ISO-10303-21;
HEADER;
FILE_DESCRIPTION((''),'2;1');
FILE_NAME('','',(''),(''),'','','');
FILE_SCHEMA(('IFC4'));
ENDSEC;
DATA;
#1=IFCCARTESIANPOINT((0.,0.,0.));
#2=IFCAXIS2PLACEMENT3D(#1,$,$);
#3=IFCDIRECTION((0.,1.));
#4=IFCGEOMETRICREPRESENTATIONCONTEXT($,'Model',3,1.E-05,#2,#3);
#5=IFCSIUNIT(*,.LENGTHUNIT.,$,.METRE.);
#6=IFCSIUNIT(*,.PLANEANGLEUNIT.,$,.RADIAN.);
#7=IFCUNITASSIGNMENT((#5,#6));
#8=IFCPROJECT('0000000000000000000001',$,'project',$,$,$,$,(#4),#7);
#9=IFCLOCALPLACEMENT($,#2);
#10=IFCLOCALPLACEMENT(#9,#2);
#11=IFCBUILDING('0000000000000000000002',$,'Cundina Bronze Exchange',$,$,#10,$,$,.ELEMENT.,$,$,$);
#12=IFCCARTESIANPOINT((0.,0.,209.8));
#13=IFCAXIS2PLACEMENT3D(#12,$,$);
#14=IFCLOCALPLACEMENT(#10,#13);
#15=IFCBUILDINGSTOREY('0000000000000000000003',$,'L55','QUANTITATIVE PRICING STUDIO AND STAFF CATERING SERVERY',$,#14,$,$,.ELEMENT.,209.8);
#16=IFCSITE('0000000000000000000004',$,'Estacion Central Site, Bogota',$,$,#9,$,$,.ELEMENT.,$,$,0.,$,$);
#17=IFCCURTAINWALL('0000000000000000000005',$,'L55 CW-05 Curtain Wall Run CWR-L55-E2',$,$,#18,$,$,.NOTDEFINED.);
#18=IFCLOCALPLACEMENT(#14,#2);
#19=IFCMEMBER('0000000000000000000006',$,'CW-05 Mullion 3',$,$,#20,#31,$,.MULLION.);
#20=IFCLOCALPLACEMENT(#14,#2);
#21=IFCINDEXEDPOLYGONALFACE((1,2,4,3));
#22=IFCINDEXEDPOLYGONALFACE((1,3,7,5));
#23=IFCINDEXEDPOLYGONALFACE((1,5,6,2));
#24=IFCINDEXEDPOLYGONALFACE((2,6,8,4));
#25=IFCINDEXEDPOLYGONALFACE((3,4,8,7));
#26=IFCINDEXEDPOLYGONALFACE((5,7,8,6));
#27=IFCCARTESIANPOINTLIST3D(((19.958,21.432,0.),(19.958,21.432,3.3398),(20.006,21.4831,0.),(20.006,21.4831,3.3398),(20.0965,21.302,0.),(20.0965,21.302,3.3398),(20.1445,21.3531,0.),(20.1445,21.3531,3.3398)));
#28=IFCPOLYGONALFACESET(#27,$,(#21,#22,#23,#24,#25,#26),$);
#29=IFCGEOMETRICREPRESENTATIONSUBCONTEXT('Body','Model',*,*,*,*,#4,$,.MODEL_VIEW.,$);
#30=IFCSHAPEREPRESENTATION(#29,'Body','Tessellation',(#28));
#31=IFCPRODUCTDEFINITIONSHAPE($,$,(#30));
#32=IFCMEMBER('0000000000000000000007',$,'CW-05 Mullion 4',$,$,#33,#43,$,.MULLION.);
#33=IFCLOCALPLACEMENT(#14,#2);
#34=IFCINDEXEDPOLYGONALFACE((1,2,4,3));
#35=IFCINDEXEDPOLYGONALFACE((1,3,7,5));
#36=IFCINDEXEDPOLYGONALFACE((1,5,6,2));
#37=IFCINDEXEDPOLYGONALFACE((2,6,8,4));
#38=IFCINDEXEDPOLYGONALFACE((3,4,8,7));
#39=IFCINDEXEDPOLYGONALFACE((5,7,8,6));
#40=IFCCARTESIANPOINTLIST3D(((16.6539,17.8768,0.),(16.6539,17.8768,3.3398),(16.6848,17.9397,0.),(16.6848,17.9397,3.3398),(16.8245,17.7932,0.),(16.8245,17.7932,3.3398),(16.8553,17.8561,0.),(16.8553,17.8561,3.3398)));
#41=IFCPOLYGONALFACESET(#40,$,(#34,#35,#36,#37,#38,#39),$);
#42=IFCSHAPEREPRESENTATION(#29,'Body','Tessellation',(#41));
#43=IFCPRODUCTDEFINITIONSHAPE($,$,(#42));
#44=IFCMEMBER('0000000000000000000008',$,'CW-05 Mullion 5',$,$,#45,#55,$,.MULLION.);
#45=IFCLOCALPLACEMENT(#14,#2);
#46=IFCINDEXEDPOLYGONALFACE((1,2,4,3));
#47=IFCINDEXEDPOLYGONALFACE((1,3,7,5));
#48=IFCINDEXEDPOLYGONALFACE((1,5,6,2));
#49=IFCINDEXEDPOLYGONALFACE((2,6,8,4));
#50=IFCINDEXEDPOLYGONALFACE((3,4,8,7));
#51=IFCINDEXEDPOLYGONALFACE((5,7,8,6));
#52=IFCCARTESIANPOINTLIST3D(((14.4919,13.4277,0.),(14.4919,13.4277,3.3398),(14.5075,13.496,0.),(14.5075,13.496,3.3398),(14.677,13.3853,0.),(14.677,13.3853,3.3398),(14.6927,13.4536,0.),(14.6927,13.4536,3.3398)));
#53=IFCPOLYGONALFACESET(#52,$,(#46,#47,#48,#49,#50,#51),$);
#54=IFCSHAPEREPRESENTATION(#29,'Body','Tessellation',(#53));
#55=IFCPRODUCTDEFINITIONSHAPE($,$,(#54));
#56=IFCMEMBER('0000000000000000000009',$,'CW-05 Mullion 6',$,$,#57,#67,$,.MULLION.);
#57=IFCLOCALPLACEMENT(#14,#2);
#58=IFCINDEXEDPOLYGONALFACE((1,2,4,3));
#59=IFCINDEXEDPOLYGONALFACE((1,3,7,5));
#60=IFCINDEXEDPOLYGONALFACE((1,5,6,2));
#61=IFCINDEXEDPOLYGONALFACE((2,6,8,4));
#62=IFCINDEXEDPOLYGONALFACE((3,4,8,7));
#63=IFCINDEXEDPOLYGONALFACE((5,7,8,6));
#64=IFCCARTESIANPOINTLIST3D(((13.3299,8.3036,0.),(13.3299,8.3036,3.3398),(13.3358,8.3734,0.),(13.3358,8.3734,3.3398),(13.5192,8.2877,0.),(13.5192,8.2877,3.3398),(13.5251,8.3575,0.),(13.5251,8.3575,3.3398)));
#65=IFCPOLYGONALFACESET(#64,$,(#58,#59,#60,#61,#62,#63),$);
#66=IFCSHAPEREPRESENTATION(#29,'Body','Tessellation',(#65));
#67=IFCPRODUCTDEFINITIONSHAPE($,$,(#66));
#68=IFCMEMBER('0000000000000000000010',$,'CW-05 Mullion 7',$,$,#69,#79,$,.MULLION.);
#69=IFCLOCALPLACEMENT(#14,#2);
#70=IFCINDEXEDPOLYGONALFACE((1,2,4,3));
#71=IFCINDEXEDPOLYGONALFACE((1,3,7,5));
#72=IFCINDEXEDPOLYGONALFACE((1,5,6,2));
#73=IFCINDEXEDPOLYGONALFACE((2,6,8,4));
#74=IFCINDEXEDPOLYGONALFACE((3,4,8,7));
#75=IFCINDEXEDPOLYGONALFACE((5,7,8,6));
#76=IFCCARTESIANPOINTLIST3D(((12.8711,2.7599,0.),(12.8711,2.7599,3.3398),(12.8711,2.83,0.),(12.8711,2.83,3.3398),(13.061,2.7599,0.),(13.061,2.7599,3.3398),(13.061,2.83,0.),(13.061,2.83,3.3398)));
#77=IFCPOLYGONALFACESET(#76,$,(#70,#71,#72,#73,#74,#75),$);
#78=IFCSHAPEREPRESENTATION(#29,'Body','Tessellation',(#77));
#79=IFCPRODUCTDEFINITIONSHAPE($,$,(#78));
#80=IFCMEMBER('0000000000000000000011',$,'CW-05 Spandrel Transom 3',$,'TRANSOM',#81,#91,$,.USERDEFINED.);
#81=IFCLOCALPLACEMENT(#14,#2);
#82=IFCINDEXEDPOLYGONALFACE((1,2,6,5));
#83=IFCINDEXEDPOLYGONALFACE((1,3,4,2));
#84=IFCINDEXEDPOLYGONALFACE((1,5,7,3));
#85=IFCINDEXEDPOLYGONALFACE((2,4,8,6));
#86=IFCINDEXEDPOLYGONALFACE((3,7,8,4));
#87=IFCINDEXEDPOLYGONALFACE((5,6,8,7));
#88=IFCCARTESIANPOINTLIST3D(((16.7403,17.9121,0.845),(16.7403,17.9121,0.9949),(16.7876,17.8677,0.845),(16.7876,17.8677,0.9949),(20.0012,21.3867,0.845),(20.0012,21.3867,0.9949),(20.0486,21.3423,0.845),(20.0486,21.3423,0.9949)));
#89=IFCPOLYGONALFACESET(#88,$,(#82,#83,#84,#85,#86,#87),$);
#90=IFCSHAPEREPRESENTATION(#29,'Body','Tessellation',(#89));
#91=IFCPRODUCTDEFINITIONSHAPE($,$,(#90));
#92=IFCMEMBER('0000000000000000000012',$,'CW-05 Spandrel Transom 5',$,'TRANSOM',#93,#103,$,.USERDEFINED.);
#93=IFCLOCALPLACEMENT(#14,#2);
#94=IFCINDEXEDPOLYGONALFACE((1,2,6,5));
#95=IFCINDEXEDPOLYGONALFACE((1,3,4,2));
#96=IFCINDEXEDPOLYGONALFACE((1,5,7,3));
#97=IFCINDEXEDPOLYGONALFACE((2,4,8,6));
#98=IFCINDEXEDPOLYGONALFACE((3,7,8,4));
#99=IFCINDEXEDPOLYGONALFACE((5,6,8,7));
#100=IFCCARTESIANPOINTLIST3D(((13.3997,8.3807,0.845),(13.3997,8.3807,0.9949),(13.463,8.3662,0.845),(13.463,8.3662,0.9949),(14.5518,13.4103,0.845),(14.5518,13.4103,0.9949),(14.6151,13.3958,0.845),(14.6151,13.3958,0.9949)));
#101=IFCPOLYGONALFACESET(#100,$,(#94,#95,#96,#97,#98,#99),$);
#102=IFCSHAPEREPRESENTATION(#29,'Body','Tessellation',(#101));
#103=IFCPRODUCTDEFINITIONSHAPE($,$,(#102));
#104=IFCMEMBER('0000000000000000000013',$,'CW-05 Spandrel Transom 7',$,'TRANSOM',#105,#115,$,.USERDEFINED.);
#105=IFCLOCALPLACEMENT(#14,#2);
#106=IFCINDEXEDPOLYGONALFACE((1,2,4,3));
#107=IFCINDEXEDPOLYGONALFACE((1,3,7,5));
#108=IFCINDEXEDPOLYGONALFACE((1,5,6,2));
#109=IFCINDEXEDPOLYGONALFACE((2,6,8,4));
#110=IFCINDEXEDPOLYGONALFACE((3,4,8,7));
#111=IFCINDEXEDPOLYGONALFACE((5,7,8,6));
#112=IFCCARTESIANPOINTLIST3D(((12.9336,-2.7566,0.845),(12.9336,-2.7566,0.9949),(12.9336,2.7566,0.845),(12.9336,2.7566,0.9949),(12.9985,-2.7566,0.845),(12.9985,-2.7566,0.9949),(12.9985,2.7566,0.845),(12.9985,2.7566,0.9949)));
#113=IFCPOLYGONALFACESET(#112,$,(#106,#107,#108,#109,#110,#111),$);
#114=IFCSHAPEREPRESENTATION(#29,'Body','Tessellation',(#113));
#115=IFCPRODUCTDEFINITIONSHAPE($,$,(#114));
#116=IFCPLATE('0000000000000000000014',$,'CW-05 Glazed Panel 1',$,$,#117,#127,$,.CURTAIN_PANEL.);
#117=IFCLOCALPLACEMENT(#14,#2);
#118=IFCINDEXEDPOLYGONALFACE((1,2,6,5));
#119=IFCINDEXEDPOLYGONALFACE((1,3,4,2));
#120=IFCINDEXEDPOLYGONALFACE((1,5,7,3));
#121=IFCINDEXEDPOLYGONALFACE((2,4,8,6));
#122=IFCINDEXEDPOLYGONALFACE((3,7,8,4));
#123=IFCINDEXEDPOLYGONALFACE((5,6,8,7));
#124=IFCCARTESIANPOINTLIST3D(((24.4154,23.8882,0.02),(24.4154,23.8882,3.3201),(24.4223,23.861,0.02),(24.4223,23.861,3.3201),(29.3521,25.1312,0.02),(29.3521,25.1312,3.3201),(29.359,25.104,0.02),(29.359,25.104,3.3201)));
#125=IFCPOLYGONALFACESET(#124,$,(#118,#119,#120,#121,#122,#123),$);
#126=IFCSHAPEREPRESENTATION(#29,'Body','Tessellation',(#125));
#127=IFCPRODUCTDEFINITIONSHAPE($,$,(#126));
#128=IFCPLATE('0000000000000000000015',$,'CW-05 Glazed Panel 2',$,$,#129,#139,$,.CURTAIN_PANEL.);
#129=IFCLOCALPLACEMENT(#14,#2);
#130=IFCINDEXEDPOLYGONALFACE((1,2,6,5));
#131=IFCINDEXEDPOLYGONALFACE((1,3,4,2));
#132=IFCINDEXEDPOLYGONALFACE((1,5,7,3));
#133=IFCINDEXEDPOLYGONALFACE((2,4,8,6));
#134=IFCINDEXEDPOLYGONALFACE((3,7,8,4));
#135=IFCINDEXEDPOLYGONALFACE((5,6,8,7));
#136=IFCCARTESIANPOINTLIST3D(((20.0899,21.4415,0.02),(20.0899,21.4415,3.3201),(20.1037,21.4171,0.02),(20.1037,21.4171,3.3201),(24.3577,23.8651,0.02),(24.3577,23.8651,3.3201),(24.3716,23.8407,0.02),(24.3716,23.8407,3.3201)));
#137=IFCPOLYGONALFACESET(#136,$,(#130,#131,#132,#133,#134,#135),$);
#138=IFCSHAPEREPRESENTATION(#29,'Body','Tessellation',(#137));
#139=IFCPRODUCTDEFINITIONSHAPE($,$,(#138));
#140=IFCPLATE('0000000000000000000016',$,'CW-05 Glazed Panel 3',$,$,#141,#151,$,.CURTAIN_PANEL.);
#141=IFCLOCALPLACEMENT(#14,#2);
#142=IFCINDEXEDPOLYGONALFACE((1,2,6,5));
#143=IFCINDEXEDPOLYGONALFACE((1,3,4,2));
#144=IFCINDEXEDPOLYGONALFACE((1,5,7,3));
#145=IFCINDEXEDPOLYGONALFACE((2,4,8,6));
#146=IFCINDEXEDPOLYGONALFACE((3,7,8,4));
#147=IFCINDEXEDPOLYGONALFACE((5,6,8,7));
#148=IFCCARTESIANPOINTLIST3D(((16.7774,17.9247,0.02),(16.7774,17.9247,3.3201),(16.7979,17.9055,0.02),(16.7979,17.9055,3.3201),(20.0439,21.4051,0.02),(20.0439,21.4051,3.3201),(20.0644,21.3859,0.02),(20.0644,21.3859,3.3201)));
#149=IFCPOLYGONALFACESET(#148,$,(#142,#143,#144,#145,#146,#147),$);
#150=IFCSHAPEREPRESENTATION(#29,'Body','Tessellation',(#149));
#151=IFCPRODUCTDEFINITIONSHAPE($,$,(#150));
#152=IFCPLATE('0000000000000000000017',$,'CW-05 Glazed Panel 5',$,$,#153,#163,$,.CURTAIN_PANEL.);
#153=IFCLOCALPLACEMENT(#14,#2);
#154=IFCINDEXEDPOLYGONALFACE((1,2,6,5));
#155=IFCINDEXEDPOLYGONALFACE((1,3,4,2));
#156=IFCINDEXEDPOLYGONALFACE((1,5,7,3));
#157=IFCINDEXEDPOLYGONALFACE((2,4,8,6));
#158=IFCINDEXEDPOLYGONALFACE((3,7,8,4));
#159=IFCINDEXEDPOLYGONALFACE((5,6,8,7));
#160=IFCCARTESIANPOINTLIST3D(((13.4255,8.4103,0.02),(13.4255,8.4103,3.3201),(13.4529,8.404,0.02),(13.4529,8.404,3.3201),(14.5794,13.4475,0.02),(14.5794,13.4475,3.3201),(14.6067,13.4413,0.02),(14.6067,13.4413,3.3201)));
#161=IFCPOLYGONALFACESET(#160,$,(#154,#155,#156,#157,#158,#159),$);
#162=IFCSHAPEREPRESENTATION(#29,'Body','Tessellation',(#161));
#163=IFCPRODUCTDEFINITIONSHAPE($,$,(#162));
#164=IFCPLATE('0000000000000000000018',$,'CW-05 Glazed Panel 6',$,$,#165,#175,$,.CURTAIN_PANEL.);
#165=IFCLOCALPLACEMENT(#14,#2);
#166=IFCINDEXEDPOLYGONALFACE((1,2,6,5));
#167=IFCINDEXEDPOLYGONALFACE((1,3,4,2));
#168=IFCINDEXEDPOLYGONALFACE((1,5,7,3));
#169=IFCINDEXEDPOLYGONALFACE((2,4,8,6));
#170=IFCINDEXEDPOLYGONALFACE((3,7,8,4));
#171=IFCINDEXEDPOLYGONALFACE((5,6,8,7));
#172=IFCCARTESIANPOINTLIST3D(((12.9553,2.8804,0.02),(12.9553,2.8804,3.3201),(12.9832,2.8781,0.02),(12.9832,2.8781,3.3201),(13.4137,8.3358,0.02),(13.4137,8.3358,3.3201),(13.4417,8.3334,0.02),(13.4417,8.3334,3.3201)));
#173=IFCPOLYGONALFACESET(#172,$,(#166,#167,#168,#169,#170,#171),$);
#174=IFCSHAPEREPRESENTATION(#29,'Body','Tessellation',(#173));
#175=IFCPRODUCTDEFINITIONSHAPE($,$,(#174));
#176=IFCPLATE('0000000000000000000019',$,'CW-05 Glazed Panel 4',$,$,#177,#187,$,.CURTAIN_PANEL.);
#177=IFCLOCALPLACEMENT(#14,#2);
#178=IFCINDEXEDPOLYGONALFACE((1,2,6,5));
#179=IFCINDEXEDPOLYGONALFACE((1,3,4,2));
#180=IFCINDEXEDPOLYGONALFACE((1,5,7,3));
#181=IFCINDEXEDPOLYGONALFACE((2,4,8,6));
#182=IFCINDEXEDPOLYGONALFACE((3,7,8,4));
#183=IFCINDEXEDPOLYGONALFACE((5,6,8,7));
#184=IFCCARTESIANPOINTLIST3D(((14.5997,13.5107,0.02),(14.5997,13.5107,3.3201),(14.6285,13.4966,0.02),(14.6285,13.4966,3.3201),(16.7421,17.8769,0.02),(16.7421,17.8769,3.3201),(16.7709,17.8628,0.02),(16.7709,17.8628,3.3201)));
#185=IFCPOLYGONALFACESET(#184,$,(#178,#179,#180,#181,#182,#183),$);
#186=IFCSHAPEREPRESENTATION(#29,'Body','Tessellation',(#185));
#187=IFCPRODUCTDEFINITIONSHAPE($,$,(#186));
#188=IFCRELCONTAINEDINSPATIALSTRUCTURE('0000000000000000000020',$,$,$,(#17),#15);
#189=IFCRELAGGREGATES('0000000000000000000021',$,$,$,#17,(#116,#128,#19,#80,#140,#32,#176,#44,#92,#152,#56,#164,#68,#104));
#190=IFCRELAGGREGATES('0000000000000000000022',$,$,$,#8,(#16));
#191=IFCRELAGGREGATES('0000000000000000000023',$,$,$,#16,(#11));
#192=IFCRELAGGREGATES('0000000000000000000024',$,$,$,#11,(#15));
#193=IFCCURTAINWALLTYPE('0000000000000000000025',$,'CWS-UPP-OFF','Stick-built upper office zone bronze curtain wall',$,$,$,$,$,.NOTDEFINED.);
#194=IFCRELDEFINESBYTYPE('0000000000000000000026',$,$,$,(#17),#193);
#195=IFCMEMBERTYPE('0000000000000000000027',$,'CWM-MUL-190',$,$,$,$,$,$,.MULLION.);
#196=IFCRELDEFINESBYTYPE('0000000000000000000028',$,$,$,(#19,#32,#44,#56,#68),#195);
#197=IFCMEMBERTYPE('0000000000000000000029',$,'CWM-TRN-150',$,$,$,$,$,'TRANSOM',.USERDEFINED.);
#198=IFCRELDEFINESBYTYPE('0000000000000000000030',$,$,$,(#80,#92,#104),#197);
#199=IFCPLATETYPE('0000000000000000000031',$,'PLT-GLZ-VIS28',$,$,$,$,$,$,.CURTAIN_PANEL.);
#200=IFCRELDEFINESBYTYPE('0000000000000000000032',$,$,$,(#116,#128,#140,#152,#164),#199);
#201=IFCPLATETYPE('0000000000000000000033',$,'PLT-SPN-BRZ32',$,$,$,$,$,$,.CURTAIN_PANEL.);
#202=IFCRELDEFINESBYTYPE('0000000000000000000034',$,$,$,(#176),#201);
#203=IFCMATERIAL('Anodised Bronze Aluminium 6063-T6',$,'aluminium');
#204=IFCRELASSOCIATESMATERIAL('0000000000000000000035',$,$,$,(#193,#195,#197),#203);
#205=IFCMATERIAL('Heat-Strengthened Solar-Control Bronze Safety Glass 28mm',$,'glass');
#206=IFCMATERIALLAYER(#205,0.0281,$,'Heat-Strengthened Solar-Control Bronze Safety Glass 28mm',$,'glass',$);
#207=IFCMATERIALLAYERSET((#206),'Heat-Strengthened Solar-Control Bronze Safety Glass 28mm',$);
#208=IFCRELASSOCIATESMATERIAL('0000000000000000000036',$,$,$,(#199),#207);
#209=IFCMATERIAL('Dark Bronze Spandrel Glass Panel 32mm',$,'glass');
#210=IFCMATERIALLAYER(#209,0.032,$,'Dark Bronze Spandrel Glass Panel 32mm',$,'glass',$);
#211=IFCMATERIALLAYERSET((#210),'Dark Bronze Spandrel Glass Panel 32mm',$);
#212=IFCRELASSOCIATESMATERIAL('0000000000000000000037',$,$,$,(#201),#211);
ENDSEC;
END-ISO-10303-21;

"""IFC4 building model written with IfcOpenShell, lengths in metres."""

from ifc_helpers import new_model, si_unit, direction, frame, origin, origin_2d, place, context, subcontext, project, spatial, rectangle, extrude, material, layer, layer_set, material_profile, profile_set, type_object, element, aggregate, save


model = new_model("IFC4")

# Units and contexts
model_context = context("Model", 3, precision=1e-05, world=origin(), true_north=direction((0.0, 1.0)))
body_context = subcontext(model_context, "Body", "Model", "MODEL_VIEW")
ifc_project = project(units=[si_unit("LENGTHUNIT", "METRE"), si_unit("PLANEANGLEUNIT", "RADIAN")], contexts=[model_context])

# Site, building, storey
site_placement = place(None, origin())
site = spatial("IfcSite", under=ifc_project, at=site_placement, Name="Estacion Central Site, Bogota", CompositionType="ELEMENT", RefElevation=0.0)
building_placement = place(site_placement, origin())
building = spatial("IfcBuilding", under=site, at=building_placement, Name="Cundina Bronze Exchange", CompositionType="ELEMENT")
storey_placement = place(building_placement, frame((0.0, 0.0, 209.8)))
storey = spatial("IfcBuildingStorey", under=building, at=storey_placement, Name="L55", Description="QUANTITATIVE PRICING STUDIO AND STAFF CATERING SERVERY", CompositionType="ELEMENT", Elevation=209.8)

# Curtain wall, members, plates
ifc_material_1 = material(Name="Anodised Bronze Aluminium 6063-T6", Category="aluminium")
curtain_wall_type = type_object("IfcCurtainWallType", Name="CWS-UPP-OFF", Description="Stick-built upper office zone bronze curtain wall", PredefinedType="NOTDEFINED", material=ifc_material_1)
curtain_wall_placement = place(storey_placement, origin())
curtain_wall = element("IfcCurtainWall", 1, at=curtain_wall_placement, inside=storey, type_object=curtain_wall_type, Name="L55 CW-05 Curtain Wall Run CWR-L55-E2", PredefinedType="NOTDEFINED")
ifc_material_profile_1 = material_profile(ifc_material_1, rectangle(XDim=0.0701, YDim=0.1899, at=origin_2d()), Name="AL70X190", Category="aluminium")
ifc_profile_set_1 = profile_set([ifc_material_profile_1], Name="Anodised Bronze Aluminium 6063-T6")
member_type_1 = type_object("IfcMemberType", Name="CWM-MUL-190", PredefinedType="MULLION", material=ifc_profile_set_1)
member_1_placement = place(storey_placement, frame((20.0513, 21.3926, 0.0), z_axis=(0.0, 0.0, 1.0), x_axis=(-0.684293, -0.729208, 0.0)))
member_1 = element("IfcMember", 2, at=member_1_placement, type_object=member_type_1, Name="CW-05 Mullion 3", PredefinedType="MULLION", context=body_context, shape_type="SweptSolid", body=[
    extrude(rectangle(XDim=0.0701, YDim=0.1899, at=origin_2d()), origin(), (0.0, 0.0, 1.0), 3.3398),
])
member_2_placement = place(storey_placement, frame((16.7546, 17.8665, 0.0), z_axis=(0.0, 0.0, 1.0), x_axis=(-0.440566, -0.89772, 0.0)))
member_2 = element("IfcMember", 3, at=member_2_placement, type_object=member_type_1, Name="CW-05 Mullion 4", PredefinedType="MULLION", context=body_context, shape_type="SweptSolid", body=[
    extrude(rectangle(XDim=0.0701, YDim=0.1899, at=origin_2d()), origin(), (0.0, 0.0, 1.0), 3.3398),
])
member_3_placement = place(storey_placement, frame((14.5923, 13.4407, 0.0), z_axis=(0.0, 0.0, 1.0), x_axis=(-0.22325, -0.974761, 0.0)))
member_3 = element("IfcMember", 4, at=member_3_placement, type_object=member_type_1, Name="CW-05 Mullion 5", PredefinedType="MULLION", context=body_context, shape_type="SweptSolid", body=[
    extrude(rectangle(XDim=0.0701, YDim=0.1899, at=origin_2d()), origin(), (0.0, 0.0, 1.0), 3.3398),
])
member_4_placement = place(storey_placement, frame((13.4275, 8.3306, 0.0), z_axis=(0.0, 0.0, 1.0), x_axis=(-0.083678, -0.996493, 0.0)))
member_4 = element("IfcMember", 5, at=member_4_placement, type_object=member_type_1, Name="CW-05 Mullion 6", PredefinedType="MULLION", context=body_context, shape_type="SweptSolid", body=[
    extrude(rectangle(XDim=0.0701, YDim=0.1899, at=origin_2d()), origin(), (0.0, 0.0, 1.0), 3.3398),
])
member_5_placement = place(storey_placement, frame((12.9661, 2.7949, 0.0), z_axis=(0.0, 0.0, 1.0), x_axis=(0.0, -1.0, 0.0)))
member_5 = element("IfcMember", 6, at=member_5_placement, type_object=member_type_1, Name="CW-05 Mullion 7", PredefinedType="MULLION", context=body_context, shape_type="SweptSolid", body=[
    extrude(rectangle(XDim=0.0701, YDim=0.1899, at=origin_2d()), origin(), (0.0, 0.0, 1.0), 3.3398),
])
ifc_material_profile_2 = material_profile(ifc_material_1, rectangle(XDim=0.0649, YDim=0.1499, at=origin_2d()), Name="AL65X150", Category="aluminium")
ifc_profile_set_2 = profile_set([ifc_material_profile_2], Name="Anodised Bronze Aluminium 6063-T6")
member_type_2 = type_object("IfcMemberType", Name="CWM-TRN-150", ElementType="TRANSOM", PredefinedType="USERDEFINED", material=ifc_profile_set_2)
member_6_placement = place(storey_placement, frame((20.0249, 21.3645, 0.9199), z_axis=(-0.684336, -0.729166, 0.0), x_axis=(0.729166, -0.684336, 0.0)))
member_6 = element("IfcMember", 7, at=member_6_placement, type_object=member_type_2, Name="CW-05 Spandrel Transom 3", ObjectType="TRANSOM", PredefinedType="USERDEFINED", context=body_context, shape_type="SweptSolid", body=[
    extrude(rectangle(XDim=0.0649, YDim=0.1499, at=origin_2d()), origin(), (0.0, 0.0, 1.0), 4.7651),
])
member_7_placement = place(storey_placement, frame((14.5835, 13.4031, 0.9199), z_axis=(-0.223283, -0.974754, 0.0), x_axis=(0.974754, -0.223283, 0.0)))
member_7 = element("IfcMember", 8, at=member_7_placement, type_object=member_type_2, Name="CW-05 Spandrel Transom 5", ObjectType="TRANSOM", PredefinedType="USERDEFINED", context=body_context, shape_type="SweptSolid", body=[
    extrude(rectangle(XDim=0.0649, YDim=0.1499, at=origin_2d()), origin(), (0.0, 0.0, 1.0), 5.1599),
])
member_8_placement = place(storey_placement, frame((12.9661, 2.7566, 0.9199), z_axis=(0.0, -1.0, 0.0), x_axis=(1.0, 0.0, 0.0)))
member_8 = element("IfcMember", 9, at=member_8_placement, type_object=member_type_2, Name="CW-05 Spandrel Transom 7", ObjectType="TRANSOM", PredefinedType="USERDEFINED", context=body_context, shape_type="SweptSolid", body=[
    extrude(rectangle(XDim=0.0649, YDim=0.1499, at=origin_2d()), origin(), (0.0, 0.0, 1.0), 5.5132),
])
ifc_material_2 = material(Name="Heat-Strengthened Solar-Control Bronze Safety Glass 28mm", Category="glass")
ifc_layer_1 = layer(ifc_material_2, 0.0281, Name="Heat-Strengthened Solar-Control Bronze Safety Glass 28mm", Category="glass")
ifc_layer_set_1 = layer_set([ifc_layer_1], Name="Heat-Strengthened Solar-Control Bronze Safety Glass 28mm")
plate_type_1 = type_object("IfcPlateType", Name="PLT-GLZ-VIS28", PredefinedType="CURTAIN_PANEL", material=ifc_layer_set_1)
plate_1_placement = place(storey_placement, frame((26.8872, 24.4961, 0.02), z_axis=(0.0, 0.0, 1.0), x_axis=(-0.969732, -0.244174, 0.0)))
plate_1 = element("IfcPlate", 10, at=plate_1_placement, type_object=plate_type_1, Name="CW-05 Glazed Panel 1", PredefinedType="CURTAIN_PANEL", context=body_context, shape_type="SweptSolid", body=[
    extrude(rectangle(XDim=5.0908, YDim=0.0281, at=origin_2d()), origin(), (0.0, 0.0, 1.0), 3.3),
])
plate_2_placement = place(storey_placement, frame((22.2307, 22.6411, 0.02), z_axis=(0.0, 0.0, 1.0), x_axis=(-0.869573, -0.493805, 0.0)))
plate_2 = element("IfcPlate", 11, at=plate_2_placement, type_object=plate_type_1, Name="CW-05 Glazed Panel 2", PredefinedType="CURTAIN_PANEL", context=body_context, shape_type="SweptSolid", body=[
    extrude(rectangle(XDim=4.908, YDim=0.0281, at=origin_2d()), origin(), (0.0, 0.0, 1.0), 3.3),
])
plate_3_placement = place(storey_placement, frame((18.4209, 19.6553, 0.02), z_axis=(0.0, 0.0, 1.0), x_axis=(-0.684344, -0.72916, 0.0)))
plate_3 = element("IfcPlate", 12, at=plate_3_placement, type_object=plate_type_1, Name="CW-05 Glazed Panel 3", PredefinedType="CURTAIN_PANEL", context=body_context, shape_type="SweptSolid", body=[
    extrude(rectangle(XDim=4.7732, YDim=0.0281, at=origin_2d()), origin(), (0.0, 0.0, 1.0), 3.3),
])
plate_4_placement = place(storey_placement, frame((14.0161, 10.9258, 0.02), z_axis=(0.0, 0.0, 1.0), x_axis=(-0.223284, -0.974753, 0.0)))
plate_4 = element("IfcPlate", 13, at=plate_4_placement, type_object=plate_type_1, Name="CW-05 Glazed Panel 5", PredefinedType="CURTAIN_PANEL", context=body_context, shape_type="SweptSolid", body=[
    extrude(rectangle(XDim=5.1677, YDim=0.0281, at=origin_2d()), origin(), (0.0, 0.0, 1.0), 3.3),
])
plate_5_placement = place(storey_placement, frame((13.1985, 5.6069, 0.02), z_axis=(0.0, 0.0, 1.0), x_axis=(-0.083747, -0.996487, 0.0)))
plate_5 = element("IfcPlate", 14, at=plate_5_placement, type_object=plate_type_1, Name="CW-05 Glazed Panel 6", PredefinedType="CURTAIN_PANEL", context=body_context, shape_type="SweptSolid", body=[
    extrude(rectangle(XDim=5.4746, YDim=0.0281, at=origin_2d()), origin(), (0.0, 0.0, 1.0), 3.3),
])
ifc_material_3 = material(Name="Dark Bronze Spandrel Glass Panel 32mm", Category="glass")
ifc_layer_2 = layer(ifc_material_3, 0.032, Name="Dark Bronze Spandrel Glass Panel 32mm", Category="glass")
ifc_layer_set_2 = layer_set([ifc_layer_2], Name="Dark Bronze Spandrel Glass Panel 32mm")
plate_type_2 = type_object("IfcPlateType", Name="PLT-SPN-BRZ32", PredefinedType="CURTAIN_PANEL", material=ifc_layer_set_2)
plate_6_placement = place(storey_placement, frame((15.6853, 15.6868, 0.02), z_axis=(0.0, 0.0, 1.0), x_axis=(-0.440503, -0.897751, 0.0)))
plate_6 = element("IfcPlate", 15, at=plate_6_placement, type_object=plate_type_2, Name="CW-05 Glazed Panel 4", PredefinedType="CURTAIN_PANEL", context=body_context, shape_type="SweptSolid", body=[
    extrude(rectangle(XDim=4.8635, YDim=0.032, at=origin_2d()), origin(), (0.0, 0.0, 1.0), 3.3),
])
aggregate(curtain_wall, [plate_1, plate_2, member_1, member_6, plate_3, member_2, plate_6, member_3, member_7, plate_4, member_4, plate_5, member_5, member_8])

save(model, "model.ifc")
